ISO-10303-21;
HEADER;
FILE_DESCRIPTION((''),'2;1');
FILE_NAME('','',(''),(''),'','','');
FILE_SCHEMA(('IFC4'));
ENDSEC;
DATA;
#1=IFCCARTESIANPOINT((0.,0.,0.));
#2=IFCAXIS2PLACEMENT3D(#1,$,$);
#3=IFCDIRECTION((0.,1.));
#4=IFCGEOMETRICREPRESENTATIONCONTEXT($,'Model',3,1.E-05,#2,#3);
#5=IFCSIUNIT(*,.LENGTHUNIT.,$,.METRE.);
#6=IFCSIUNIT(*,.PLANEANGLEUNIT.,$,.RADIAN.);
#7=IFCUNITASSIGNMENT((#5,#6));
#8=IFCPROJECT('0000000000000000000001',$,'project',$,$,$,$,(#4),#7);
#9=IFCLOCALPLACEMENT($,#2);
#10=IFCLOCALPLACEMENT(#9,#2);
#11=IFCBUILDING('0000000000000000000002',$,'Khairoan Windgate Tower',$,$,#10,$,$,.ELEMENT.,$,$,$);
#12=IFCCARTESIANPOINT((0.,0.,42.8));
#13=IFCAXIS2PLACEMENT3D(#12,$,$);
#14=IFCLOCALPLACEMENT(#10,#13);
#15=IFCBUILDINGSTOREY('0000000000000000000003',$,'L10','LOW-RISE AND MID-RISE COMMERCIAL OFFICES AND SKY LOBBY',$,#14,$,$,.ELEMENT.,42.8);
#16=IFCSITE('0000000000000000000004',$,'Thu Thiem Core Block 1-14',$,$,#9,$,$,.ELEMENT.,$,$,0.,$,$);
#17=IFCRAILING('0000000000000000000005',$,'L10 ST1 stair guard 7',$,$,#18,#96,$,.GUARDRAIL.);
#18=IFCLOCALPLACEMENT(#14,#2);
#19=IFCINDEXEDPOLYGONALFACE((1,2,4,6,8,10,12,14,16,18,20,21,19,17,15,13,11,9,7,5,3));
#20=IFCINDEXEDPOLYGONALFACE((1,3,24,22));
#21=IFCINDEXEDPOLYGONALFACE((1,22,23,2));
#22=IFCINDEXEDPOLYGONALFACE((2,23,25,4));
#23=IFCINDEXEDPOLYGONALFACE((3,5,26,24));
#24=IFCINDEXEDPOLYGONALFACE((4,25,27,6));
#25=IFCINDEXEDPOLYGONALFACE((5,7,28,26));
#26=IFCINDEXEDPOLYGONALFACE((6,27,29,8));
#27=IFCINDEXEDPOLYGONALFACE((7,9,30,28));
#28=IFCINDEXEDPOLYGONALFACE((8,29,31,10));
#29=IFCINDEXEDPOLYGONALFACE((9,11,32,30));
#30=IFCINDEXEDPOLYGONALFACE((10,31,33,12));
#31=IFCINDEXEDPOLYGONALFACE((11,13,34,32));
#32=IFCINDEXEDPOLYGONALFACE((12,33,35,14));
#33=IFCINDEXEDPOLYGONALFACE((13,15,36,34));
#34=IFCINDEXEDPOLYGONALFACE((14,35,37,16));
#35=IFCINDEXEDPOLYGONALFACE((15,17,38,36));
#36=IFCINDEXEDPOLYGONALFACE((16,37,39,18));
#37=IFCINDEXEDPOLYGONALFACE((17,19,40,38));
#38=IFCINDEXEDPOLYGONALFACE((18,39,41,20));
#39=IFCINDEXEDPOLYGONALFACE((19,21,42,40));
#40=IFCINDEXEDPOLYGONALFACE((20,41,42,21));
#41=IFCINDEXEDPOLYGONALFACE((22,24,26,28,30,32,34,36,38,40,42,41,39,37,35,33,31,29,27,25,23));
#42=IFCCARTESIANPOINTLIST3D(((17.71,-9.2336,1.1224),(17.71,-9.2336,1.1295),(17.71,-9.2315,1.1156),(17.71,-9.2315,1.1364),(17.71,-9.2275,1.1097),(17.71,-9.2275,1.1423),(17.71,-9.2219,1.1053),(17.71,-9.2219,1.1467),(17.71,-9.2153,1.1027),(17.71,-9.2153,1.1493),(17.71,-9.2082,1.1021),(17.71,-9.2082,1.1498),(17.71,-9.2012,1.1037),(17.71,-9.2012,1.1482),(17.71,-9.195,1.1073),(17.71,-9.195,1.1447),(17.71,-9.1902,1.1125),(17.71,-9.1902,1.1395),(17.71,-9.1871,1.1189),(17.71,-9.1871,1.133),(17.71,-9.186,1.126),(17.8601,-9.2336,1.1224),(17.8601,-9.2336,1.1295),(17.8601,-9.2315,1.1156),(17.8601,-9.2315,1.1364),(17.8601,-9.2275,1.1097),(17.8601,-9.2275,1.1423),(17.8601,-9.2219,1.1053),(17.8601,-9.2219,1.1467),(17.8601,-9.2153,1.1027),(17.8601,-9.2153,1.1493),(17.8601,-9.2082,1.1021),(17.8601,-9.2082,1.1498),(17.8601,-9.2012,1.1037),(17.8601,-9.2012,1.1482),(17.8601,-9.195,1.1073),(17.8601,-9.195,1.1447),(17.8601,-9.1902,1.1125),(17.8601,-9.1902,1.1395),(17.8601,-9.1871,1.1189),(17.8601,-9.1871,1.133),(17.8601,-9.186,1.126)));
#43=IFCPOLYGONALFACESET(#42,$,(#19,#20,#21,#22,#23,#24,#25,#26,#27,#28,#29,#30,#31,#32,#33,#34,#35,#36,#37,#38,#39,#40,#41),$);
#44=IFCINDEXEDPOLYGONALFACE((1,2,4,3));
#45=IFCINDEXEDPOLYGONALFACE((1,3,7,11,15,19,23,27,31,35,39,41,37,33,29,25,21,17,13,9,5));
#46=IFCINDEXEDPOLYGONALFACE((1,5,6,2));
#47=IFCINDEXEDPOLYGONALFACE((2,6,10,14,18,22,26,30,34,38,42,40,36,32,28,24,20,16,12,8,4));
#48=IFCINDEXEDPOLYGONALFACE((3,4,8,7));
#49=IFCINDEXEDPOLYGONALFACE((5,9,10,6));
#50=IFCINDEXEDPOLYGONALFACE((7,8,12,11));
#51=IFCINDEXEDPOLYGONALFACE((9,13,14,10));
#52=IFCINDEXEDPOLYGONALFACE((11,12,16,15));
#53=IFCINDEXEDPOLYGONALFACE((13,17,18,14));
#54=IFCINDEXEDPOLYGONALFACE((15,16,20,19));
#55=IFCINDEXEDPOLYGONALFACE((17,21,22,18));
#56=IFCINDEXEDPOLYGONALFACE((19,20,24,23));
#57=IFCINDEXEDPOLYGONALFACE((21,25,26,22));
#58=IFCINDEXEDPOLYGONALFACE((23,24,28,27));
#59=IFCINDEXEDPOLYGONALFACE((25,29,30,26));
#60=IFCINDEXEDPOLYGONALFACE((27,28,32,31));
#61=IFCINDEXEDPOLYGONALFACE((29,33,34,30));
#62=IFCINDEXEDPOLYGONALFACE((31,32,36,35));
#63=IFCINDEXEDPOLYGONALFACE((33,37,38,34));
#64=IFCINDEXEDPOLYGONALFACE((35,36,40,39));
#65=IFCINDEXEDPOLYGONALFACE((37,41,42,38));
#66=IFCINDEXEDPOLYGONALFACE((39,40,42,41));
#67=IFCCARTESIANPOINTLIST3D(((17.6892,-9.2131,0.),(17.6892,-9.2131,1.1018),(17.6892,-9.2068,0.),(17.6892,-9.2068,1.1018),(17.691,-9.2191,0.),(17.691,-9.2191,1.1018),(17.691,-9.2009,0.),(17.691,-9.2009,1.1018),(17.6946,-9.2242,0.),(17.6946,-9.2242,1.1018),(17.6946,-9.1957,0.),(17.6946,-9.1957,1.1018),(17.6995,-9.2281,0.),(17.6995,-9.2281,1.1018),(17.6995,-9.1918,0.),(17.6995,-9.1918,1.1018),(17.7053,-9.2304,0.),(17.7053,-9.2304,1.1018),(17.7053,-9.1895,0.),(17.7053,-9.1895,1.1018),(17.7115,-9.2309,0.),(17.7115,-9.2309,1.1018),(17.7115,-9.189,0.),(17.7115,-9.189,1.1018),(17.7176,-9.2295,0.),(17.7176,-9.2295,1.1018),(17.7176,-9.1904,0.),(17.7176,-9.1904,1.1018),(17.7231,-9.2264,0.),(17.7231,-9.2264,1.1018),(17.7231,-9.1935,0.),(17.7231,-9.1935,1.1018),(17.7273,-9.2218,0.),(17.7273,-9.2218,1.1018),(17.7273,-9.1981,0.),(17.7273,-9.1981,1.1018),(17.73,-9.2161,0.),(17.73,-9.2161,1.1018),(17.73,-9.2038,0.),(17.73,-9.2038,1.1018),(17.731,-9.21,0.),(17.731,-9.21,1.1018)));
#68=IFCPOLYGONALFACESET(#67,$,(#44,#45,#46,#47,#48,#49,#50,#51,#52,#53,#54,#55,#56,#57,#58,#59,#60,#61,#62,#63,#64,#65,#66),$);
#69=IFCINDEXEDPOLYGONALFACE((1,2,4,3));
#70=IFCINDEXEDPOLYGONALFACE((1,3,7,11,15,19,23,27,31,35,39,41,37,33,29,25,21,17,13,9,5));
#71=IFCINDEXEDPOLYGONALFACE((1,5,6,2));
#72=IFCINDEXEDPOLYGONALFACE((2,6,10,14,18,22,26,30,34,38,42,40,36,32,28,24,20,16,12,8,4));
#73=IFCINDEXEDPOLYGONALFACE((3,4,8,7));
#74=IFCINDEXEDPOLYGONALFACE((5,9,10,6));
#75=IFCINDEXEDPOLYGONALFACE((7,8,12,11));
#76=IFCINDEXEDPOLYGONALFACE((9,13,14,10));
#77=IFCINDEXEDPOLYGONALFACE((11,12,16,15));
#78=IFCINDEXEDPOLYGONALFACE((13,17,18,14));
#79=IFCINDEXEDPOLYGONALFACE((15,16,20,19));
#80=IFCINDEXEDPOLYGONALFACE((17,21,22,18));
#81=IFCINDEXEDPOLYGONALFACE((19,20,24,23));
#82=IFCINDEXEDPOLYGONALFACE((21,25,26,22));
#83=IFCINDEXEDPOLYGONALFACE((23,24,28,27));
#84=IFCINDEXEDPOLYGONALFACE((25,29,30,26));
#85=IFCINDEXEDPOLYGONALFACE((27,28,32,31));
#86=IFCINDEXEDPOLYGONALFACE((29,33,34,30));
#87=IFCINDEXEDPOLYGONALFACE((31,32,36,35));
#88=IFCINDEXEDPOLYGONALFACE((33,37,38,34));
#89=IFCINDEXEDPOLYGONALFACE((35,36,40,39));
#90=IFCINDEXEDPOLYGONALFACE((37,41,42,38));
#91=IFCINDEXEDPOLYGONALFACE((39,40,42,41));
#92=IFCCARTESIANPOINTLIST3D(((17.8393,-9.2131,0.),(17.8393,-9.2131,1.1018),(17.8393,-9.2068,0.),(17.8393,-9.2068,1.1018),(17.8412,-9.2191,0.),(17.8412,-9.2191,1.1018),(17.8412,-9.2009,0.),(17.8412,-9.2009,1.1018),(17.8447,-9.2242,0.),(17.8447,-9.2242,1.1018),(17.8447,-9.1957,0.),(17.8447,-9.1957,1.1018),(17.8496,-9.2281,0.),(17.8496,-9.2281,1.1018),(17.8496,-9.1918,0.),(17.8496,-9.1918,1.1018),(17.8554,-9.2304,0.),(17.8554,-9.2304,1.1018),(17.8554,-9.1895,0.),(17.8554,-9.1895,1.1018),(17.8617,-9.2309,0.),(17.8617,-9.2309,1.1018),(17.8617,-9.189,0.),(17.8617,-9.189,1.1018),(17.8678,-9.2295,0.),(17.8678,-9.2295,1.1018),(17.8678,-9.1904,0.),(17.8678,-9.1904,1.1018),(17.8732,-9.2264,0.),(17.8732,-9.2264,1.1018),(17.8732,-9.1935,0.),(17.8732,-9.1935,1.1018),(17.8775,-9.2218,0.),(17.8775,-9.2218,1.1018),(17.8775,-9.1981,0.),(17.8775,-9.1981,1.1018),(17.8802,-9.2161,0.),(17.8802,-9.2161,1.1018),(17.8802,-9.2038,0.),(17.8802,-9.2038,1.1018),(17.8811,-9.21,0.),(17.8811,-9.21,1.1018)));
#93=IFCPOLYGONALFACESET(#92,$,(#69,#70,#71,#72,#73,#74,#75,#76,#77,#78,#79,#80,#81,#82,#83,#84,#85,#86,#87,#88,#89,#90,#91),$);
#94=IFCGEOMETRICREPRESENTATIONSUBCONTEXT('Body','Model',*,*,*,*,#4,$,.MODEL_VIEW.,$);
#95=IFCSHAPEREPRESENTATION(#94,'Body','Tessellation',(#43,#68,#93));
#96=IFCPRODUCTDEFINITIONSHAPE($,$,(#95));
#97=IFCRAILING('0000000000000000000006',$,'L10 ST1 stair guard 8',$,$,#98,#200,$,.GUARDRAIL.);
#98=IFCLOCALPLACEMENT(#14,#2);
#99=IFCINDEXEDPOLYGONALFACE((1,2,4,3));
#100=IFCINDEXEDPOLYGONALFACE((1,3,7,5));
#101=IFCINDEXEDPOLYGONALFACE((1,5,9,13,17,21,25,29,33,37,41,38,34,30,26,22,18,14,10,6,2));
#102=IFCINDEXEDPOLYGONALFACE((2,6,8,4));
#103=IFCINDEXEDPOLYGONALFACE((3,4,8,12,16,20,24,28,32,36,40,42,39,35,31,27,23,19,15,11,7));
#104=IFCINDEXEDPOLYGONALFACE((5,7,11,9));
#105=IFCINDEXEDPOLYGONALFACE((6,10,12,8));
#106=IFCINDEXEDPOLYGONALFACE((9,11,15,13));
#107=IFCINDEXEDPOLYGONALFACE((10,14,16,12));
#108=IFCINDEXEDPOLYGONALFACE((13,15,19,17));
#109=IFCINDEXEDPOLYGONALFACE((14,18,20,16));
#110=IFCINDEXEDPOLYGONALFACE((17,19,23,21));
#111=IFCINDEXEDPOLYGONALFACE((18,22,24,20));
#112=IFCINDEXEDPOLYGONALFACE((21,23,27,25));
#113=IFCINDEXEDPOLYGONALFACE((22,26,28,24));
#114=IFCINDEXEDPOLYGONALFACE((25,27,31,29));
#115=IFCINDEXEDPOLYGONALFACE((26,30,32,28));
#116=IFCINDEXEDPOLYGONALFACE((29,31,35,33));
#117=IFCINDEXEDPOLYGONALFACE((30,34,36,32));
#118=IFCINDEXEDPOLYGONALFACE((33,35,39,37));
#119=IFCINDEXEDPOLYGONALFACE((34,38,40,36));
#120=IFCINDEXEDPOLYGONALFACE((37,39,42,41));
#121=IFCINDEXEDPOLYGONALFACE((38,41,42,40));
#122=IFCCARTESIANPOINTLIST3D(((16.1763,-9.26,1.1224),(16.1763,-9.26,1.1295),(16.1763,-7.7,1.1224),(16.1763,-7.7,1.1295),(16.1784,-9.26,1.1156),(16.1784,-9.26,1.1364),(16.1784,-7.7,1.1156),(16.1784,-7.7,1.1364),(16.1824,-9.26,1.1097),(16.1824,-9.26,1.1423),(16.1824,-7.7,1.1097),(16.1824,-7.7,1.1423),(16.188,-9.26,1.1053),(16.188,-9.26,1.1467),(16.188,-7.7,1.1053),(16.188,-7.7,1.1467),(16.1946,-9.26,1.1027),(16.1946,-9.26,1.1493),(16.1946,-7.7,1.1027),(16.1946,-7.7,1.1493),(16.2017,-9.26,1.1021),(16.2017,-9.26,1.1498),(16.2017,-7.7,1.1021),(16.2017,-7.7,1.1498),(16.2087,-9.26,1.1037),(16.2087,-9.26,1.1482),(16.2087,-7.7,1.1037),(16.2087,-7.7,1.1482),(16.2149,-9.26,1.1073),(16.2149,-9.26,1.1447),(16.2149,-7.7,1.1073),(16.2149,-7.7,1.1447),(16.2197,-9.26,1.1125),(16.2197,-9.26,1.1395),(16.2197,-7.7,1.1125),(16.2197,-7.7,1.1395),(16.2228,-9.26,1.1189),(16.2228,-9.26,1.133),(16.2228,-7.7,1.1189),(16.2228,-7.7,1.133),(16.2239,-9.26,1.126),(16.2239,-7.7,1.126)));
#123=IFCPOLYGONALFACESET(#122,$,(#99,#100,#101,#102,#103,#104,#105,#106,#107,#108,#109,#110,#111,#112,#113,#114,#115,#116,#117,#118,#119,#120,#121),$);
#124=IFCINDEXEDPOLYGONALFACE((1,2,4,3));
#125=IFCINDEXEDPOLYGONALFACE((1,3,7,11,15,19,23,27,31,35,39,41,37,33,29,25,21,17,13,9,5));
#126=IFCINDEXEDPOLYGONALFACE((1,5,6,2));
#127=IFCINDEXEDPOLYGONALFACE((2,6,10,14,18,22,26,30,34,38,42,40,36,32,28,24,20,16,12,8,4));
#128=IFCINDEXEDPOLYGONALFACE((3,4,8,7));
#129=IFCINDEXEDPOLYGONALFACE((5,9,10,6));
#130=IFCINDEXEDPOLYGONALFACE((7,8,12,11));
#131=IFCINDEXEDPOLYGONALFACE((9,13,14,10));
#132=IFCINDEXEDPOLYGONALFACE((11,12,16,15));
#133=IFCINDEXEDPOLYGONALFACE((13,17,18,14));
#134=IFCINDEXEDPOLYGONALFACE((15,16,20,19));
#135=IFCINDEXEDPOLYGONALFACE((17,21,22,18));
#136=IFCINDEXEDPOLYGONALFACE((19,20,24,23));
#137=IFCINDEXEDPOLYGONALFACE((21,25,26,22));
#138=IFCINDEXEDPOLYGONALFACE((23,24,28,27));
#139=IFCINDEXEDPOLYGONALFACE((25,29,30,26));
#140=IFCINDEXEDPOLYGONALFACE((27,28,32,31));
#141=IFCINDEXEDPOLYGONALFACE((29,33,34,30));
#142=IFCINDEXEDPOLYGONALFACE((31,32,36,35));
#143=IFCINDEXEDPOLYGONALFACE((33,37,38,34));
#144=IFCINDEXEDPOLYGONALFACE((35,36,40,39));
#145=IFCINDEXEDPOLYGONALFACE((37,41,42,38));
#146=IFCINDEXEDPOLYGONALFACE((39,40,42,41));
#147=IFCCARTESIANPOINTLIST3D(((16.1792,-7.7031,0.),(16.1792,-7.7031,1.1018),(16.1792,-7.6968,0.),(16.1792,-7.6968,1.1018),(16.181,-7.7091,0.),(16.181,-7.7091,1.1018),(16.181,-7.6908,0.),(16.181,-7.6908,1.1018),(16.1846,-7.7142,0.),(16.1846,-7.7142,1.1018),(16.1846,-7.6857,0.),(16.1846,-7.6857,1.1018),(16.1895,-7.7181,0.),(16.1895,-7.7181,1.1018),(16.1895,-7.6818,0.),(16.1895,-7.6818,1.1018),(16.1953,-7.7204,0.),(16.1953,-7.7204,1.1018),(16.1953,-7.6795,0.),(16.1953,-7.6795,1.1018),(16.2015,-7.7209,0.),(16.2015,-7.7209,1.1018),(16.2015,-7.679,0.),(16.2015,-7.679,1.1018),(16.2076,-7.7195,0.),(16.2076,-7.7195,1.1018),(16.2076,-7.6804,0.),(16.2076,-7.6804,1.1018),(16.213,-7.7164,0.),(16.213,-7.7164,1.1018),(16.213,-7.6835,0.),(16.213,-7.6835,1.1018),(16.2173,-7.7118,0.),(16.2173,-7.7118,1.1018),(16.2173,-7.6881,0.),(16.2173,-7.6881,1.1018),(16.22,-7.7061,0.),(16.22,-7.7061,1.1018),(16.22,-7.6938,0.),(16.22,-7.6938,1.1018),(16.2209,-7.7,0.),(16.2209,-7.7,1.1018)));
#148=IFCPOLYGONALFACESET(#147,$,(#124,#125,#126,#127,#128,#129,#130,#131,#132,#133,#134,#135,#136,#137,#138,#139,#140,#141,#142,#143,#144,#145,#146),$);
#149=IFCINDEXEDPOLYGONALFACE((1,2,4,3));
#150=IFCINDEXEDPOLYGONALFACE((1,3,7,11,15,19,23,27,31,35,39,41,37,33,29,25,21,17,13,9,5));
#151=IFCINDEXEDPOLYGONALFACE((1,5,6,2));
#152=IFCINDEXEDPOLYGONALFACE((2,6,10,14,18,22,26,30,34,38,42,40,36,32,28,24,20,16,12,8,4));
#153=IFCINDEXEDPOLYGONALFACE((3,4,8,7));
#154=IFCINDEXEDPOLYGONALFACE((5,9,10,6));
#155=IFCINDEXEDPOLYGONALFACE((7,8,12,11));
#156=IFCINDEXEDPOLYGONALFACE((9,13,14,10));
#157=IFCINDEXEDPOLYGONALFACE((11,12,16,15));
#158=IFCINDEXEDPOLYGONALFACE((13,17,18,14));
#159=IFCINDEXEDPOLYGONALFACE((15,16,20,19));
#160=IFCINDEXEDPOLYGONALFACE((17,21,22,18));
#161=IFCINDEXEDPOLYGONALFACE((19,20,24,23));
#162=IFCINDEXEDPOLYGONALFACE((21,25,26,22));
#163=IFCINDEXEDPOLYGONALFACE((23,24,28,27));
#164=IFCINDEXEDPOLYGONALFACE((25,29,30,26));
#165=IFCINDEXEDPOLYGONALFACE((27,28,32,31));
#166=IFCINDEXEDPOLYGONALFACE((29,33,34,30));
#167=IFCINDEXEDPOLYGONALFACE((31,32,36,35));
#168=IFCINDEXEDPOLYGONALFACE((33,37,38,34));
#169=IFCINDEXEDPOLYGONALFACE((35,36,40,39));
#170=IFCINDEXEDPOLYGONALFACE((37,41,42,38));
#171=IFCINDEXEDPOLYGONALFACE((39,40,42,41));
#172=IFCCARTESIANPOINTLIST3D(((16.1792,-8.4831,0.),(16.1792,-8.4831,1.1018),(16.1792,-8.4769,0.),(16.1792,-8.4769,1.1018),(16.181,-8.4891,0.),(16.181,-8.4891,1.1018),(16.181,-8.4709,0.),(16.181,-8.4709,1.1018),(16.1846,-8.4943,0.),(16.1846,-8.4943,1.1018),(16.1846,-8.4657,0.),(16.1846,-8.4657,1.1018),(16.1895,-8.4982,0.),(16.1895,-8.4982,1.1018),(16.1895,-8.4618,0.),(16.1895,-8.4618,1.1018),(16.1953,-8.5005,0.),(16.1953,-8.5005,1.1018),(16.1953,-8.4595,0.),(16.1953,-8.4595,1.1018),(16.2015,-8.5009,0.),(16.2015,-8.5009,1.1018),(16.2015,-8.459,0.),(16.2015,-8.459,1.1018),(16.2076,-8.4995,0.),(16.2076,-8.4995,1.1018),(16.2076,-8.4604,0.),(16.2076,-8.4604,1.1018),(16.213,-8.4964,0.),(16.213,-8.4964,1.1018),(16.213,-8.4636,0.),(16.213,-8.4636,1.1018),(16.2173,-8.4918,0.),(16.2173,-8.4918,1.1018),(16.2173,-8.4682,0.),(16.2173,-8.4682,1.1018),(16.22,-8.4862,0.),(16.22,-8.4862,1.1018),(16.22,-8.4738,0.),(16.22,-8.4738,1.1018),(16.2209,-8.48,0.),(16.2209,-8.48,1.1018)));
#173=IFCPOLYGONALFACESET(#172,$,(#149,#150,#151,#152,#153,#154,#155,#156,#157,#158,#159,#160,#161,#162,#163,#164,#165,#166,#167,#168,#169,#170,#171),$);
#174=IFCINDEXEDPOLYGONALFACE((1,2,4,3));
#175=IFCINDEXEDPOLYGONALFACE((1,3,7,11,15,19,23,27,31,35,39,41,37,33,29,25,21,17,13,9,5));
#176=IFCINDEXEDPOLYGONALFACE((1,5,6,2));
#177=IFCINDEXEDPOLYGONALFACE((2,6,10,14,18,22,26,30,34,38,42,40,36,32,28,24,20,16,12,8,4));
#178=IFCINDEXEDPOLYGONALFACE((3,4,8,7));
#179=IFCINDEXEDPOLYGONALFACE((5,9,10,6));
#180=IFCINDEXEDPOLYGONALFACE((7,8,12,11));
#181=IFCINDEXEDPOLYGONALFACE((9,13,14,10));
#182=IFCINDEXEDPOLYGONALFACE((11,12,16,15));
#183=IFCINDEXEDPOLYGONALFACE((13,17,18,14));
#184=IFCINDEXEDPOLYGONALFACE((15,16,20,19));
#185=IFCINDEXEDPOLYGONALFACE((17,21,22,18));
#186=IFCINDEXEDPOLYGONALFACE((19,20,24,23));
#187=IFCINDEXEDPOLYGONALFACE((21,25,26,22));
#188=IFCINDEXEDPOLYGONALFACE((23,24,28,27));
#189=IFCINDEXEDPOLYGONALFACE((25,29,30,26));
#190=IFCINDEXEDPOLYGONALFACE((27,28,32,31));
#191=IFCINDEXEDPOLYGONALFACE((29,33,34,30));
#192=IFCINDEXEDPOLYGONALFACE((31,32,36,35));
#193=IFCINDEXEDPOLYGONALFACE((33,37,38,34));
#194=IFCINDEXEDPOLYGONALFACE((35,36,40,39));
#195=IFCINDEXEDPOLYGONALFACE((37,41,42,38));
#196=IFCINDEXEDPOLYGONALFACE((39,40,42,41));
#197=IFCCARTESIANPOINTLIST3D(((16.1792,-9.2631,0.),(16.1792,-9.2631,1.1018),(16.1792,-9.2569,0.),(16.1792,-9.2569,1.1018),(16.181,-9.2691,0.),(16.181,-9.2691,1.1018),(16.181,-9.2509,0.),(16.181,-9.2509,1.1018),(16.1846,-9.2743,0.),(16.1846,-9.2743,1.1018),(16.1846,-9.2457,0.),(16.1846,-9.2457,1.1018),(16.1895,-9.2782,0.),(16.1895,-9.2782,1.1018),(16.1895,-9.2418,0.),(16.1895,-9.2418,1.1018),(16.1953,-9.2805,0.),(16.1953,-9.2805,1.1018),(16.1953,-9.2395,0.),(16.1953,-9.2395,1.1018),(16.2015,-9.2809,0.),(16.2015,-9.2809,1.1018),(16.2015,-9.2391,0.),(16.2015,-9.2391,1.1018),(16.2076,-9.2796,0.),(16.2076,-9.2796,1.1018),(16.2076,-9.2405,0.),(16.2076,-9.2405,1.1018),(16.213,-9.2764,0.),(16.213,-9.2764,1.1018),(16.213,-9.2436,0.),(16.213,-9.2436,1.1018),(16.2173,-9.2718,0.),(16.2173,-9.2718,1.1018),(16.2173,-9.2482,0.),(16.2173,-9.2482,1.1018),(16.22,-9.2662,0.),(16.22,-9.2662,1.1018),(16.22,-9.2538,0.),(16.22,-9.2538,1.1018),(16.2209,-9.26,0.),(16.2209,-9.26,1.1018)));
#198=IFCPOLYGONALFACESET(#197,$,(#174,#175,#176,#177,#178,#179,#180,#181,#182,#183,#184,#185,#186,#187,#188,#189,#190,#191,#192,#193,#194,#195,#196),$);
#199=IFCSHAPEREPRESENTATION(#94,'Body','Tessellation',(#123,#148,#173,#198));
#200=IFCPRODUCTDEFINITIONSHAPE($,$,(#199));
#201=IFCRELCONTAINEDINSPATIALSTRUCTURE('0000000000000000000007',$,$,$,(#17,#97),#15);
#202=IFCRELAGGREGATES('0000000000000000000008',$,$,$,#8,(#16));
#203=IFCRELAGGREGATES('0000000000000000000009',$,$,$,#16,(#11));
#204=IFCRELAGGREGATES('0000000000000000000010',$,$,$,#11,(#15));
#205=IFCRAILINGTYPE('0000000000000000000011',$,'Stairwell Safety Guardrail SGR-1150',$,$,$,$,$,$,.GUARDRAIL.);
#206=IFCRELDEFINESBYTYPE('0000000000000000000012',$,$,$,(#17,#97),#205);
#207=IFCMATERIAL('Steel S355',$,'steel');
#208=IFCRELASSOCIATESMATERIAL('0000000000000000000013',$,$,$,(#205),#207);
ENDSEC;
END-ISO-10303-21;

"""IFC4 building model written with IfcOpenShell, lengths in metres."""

from ifc_helpers import new_model, si_unit, direction, frame, origin, origin_2d, place, context, subcontext, project, spatial, circle, extrude, material, type_object, element, save


model = new_model("IFC4")

# Units and contexts
model_context = context("Model", 3, precision=1e-05, world=origin(), true_north=direction((0.0, 1.0)))
body_context = subcontext(model_context, "Body", "Model", "MODEL_VIEW")
ifc_project = project(units=[si_unit("LENGTHUNIT", "METRE"), si_unit("PLANEANGLEUNIT", "RADIAN")], contexts=[model_context])

# Site, building, storey
site_placement = place(None, origin())
site = spatial("IfcSite", under=ifc_project, at=site_placement, Name="Thu Thiem Core Block 1-14", CompositionType="ELEMENT", RefElevation=0.0)
building_placement = place(site_placement, origin())
building = spatial("IfcBuilding", under=site, at=building_placement, Name="Khairoan Windgate Tower", CompositionType="ELEMENT")
storey_placement = place(building_placement, frame((0.0, 0.0, 42.8)))
storey = spatial("IfcBuildingStorey", under=building, at=storey_placement, Name="L10", Description="LOW-RISE AND MID-RISE COMMERCIAL OFFICES AND SKY LOBBY", CompositionType="ELEMENT", Elevation=42.8)

# Railings
ifc_material_1 = material(Name="Steel S355", Category="steel")
railing_type_1 = type_object("IfcRailingType", Name="Stairwell Safety Guardrail SGR-1150", PredefinedType="GUARDRAIL", material=ifc_material_1)
railing_1_placement = place(storey_placement, frame((17.71, -9.21, 0.0)))
element("IfcRailing", 1, at=railing_1_placement, inside=storey, type_object=railing_type_1, Name="L10 ST1 stair guard 7", PredefinedType="GUARDRAIL", context=body_context, shape_type="SweptSolid", body=[
    extrude(circle(Radius=0.0239, at=origin_2d()), frame((0.0, 0.0, 1.126), z_axis=(1.0, 0.0, 0.0), x_axis=(0.0, 1.0, 0.0)), (0.0, 0.0, 1.0), 0.1501),
    extrude(circle(Radius=0.021, at=origin_2d()), origin(), (0.0, 0.0, 1.0), 1.1018),
    extrude(circle(Radius=0.021, at=origin_2d()), frame((0.1501, 0.0, 0.0)), (0.0, 0.0, 1.0), 1.1018),
])
for number, where, name in (
    (2, (16.2, -7.7, 0.0), "L10 ST1 stair guard 8"),
):
    element("IfcRailing", number, at=place(storey_placement, frame(where)), inside=storey, type_object=railing_type_1, Name=name, PredefinedType="GUARDRAIL", context=body_context, shape_type="SweptSolid", body=[
        extrude(circle(Radius=0.0239, at=origin_2d()), frame((0.0, 0.0, 1.126), z_axis=(0.0, -1.0, 0.0), x_axis=(1.0, 0.0, 0.0)), (0.0, 0.0, 1.0), 1.5601),
        extrude(circle(Radius=0.021, at=origin_2d()), origin(), (0.0, 0.0, 1.0), 1.1018),
        extrude(circle(Radius=0.021, at=origin_2d()), frame((0.0, -0.78, 0.0)), (0.0, 0.0, 1.0), 1.1018),
        extrude(circle(Radius=0.021, at=origin_2d()), frame((0.0, -1.5601, 0.0)), (0.0, 0.0, 1.0), 1.1018),
    ])

save(model, "model.ifc")
